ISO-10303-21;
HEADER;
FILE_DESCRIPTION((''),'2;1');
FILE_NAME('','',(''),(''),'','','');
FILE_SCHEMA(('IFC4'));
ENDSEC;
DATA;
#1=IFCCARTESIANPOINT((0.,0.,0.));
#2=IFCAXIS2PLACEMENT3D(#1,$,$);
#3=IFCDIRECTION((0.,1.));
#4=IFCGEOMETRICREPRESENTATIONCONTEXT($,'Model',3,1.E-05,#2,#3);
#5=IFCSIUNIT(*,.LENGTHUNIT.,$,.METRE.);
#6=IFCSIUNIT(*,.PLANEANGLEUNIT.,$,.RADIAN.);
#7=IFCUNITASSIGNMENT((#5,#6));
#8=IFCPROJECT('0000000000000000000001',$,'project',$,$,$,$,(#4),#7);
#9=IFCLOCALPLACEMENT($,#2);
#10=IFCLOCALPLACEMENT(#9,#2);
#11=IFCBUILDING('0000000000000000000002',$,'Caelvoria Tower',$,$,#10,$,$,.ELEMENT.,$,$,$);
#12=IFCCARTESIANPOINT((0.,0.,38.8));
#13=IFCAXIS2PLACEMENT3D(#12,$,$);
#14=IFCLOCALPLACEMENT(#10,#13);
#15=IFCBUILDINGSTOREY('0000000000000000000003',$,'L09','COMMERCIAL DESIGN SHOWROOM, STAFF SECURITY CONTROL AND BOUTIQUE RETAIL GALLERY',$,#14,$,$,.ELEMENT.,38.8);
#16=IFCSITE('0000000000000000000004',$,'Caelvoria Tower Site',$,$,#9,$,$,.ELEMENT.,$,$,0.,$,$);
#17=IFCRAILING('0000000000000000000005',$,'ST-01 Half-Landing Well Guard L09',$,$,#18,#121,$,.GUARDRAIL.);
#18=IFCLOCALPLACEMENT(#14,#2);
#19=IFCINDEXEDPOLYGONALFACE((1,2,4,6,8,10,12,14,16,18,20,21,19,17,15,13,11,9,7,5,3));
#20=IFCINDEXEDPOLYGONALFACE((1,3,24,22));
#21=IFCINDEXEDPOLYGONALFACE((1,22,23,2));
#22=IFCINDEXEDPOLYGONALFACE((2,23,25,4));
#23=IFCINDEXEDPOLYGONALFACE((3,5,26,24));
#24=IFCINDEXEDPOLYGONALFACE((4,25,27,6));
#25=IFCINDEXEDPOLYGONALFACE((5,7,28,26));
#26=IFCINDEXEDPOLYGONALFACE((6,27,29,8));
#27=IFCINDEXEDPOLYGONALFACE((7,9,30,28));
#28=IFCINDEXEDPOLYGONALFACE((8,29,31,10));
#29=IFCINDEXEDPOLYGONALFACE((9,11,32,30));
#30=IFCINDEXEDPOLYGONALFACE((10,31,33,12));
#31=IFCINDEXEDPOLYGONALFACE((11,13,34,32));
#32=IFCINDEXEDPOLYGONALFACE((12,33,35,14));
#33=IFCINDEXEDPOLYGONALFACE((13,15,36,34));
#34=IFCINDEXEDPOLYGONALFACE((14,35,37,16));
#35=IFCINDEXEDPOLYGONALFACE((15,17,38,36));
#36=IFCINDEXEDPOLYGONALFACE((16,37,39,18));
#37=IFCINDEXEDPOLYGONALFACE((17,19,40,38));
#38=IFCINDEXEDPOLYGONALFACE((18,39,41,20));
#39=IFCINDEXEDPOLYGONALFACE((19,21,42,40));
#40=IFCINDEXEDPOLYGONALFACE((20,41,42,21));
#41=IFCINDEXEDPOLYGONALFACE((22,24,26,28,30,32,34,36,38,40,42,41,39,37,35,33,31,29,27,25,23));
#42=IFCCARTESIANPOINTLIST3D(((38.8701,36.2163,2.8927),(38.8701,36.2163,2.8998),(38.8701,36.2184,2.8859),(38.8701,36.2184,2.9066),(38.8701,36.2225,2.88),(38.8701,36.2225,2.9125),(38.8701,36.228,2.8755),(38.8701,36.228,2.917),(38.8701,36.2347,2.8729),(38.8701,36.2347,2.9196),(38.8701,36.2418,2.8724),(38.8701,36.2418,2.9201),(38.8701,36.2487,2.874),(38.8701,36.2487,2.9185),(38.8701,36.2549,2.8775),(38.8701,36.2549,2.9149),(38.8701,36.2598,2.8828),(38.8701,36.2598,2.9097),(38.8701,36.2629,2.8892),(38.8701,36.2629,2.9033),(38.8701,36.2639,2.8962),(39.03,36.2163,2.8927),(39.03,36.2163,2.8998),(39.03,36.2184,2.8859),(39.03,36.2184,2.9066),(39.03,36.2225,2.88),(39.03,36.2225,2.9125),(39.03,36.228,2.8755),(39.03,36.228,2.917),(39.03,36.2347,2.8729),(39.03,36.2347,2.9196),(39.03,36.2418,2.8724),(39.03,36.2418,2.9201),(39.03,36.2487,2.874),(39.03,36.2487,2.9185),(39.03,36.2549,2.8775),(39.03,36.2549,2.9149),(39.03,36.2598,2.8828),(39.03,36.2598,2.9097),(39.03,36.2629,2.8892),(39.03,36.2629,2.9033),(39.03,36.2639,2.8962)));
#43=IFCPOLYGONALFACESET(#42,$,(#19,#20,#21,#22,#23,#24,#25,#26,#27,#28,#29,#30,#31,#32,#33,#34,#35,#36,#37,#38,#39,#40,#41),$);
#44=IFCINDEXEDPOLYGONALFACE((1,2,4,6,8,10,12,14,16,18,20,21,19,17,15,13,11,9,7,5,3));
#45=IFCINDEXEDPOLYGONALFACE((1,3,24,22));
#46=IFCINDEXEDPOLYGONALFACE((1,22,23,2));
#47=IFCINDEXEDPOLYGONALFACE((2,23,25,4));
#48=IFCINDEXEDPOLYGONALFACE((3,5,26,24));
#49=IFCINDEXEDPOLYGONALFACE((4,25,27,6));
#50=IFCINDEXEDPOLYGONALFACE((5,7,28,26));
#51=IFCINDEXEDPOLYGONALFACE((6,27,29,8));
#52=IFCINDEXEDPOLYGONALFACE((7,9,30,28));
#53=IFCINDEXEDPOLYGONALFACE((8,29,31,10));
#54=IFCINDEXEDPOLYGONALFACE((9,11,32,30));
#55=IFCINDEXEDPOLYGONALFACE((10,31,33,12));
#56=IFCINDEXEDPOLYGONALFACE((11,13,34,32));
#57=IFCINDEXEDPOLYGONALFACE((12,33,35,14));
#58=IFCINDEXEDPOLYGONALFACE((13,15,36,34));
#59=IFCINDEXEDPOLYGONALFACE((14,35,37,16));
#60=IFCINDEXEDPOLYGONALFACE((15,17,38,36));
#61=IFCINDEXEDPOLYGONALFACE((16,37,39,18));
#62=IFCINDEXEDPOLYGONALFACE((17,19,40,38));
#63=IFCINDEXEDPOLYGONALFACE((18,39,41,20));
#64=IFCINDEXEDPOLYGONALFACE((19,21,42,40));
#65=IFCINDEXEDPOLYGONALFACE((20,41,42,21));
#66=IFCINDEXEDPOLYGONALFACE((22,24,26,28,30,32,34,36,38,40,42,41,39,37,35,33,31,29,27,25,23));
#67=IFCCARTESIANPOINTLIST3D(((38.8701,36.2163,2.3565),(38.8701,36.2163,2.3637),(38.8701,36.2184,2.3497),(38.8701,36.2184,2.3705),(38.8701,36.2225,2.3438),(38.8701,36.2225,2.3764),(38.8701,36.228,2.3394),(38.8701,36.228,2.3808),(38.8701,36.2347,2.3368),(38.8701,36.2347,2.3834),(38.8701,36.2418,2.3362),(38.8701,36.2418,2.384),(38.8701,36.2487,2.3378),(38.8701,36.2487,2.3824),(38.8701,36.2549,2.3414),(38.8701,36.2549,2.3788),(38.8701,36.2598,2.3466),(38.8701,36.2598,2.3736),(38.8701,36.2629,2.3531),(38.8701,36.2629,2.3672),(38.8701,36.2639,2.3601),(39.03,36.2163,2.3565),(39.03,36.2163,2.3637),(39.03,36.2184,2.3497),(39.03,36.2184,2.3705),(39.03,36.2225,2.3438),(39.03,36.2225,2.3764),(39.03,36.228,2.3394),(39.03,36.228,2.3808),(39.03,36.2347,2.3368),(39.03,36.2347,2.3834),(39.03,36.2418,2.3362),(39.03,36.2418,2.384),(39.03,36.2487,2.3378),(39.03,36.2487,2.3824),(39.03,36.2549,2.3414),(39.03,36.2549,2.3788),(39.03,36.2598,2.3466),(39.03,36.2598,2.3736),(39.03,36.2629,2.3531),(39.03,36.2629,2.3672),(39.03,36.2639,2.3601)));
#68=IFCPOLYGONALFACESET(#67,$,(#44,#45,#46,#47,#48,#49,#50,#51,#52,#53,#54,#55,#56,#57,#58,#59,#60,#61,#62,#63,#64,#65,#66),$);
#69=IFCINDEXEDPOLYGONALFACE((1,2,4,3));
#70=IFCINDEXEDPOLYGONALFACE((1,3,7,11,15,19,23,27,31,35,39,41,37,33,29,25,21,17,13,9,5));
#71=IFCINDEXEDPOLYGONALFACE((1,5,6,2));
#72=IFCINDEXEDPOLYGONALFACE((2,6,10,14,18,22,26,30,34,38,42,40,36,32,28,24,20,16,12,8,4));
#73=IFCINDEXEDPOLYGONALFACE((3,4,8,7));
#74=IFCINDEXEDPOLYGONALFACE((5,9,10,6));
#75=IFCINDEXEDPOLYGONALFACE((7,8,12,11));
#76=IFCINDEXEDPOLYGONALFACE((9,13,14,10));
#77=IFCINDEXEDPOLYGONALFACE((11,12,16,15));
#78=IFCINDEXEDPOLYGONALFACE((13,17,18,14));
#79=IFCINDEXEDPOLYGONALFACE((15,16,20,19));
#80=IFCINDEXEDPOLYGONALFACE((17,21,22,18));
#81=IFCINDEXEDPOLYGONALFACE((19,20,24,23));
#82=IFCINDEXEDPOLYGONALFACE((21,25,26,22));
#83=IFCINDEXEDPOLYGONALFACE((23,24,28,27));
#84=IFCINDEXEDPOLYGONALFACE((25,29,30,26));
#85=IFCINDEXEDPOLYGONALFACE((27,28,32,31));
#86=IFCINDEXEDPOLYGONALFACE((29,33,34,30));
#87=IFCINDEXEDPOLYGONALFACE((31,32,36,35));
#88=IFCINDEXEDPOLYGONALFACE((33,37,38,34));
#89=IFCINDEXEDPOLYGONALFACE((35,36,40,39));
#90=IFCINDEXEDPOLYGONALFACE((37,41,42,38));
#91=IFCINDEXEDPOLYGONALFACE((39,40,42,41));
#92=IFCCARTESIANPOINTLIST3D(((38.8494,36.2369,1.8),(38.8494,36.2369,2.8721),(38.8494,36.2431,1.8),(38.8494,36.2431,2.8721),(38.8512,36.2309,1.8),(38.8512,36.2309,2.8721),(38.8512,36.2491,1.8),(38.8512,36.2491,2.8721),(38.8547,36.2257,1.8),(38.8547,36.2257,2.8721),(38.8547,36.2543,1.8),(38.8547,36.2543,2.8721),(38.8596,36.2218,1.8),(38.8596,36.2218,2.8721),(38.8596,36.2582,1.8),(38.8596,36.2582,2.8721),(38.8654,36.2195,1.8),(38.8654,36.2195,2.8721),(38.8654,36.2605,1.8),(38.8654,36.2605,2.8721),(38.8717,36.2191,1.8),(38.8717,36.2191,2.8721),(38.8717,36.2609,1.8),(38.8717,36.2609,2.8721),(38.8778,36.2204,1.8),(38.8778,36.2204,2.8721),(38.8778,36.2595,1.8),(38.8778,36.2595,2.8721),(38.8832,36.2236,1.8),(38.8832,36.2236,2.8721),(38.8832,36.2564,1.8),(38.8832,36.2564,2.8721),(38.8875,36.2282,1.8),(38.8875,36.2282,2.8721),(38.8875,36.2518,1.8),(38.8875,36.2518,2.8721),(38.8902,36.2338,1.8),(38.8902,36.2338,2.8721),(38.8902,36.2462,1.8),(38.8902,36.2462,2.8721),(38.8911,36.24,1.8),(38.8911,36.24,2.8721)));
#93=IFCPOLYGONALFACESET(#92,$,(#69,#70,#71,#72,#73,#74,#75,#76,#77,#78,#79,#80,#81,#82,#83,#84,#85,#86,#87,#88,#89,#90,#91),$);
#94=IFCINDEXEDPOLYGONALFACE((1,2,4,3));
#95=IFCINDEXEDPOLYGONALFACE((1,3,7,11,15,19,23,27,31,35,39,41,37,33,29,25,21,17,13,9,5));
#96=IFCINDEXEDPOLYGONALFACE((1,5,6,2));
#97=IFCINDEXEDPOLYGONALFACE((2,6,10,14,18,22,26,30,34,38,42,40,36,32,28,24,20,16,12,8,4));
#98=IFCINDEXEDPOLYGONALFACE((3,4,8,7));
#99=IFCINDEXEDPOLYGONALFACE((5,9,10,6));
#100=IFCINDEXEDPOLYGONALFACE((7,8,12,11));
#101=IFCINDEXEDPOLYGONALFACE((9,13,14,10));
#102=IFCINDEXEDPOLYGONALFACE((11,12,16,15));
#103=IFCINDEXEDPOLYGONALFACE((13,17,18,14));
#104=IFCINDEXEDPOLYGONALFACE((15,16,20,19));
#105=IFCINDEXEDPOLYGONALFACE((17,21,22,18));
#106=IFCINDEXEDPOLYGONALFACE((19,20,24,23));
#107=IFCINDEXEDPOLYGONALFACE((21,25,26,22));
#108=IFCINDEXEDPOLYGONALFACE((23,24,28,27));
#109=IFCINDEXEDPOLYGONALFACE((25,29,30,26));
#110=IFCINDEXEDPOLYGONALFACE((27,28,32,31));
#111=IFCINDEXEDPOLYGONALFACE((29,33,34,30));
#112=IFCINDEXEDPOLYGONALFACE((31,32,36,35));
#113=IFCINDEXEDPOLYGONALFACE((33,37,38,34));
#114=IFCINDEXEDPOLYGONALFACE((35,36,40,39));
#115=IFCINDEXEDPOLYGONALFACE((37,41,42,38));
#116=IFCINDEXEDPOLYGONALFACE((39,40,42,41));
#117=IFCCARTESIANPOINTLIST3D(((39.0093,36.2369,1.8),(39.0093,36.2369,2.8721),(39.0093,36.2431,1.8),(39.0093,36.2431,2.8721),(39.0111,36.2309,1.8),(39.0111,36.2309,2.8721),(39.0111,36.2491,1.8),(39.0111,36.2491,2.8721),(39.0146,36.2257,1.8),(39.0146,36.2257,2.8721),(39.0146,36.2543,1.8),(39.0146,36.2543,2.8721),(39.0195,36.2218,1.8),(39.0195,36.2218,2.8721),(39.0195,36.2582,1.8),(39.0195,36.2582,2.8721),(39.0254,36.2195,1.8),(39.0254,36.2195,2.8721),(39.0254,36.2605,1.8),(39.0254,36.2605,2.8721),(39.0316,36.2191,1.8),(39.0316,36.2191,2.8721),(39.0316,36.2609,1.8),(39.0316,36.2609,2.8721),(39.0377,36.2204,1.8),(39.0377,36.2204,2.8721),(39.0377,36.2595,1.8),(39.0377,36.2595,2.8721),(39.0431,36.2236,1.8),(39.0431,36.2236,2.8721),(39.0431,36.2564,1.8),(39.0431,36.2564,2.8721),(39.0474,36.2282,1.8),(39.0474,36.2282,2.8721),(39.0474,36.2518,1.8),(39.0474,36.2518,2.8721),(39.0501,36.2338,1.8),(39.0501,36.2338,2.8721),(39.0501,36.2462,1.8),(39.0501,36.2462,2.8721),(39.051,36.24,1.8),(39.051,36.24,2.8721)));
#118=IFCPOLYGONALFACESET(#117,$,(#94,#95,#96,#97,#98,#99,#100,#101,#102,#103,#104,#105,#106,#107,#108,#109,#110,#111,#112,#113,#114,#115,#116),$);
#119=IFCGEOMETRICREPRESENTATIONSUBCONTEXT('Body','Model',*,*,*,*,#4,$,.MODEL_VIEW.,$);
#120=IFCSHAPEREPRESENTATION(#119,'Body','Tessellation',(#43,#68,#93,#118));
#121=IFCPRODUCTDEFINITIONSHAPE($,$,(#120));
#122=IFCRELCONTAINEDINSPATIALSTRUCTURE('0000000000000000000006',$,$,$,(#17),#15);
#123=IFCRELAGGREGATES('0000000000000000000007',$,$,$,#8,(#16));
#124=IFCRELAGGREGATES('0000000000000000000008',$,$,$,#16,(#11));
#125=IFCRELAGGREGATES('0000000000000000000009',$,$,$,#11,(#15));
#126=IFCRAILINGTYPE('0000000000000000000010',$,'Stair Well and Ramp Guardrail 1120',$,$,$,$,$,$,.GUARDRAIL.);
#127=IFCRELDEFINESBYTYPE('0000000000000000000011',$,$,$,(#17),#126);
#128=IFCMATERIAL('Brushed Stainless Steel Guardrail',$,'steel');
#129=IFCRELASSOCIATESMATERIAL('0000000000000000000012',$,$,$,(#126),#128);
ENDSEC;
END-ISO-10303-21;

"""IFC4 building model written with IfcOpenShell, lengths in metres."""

from ifc_helpers import new_model, si_unit, direction, frame, origin, origin_2d, place, context, subcontext, project, spatial, circle, extrude, material, type_object, element, save


model = new_model("IFC4")

# Units and contexts
model_context = context("Model", 3, precision=1e-05, world=origin(), true_north=direction((0.0, 1.0)))
body_context = subcontext(model_context, "Body", "Model", "MODEL_VIEW")
ifc_project = project(units=[si_unit("LENGTHUNIT", "METRE"), si_unit("PLANEANGLEUNIT", "RADIAN")], contexts=[model_context])

# Site, building, storey
site_placement = place(None, origin())
site = spatial("IfcSite", under=ifc_project, at=site_placement, Name="Caelvoria Tower Site", CompositionType="ELEMENT", RefElevation=0.0)
building_placement = place(site_placement, origin())
building = spatial("IfcBuilding", under=site, at=building_placement, Name="Caelvoria Tower", CompositionType="ELEMENT")
storey_placement = place(building_placement, frame((0.0, 0.0, 38.8)))
storey = spatial("IfcBuildingStorey", under=building, at=storey_placement, Name="L09", Description="COMMERCIAL DESIGN SHOWROOM, STAFF SECURITY CONTROL AND BOUTIQUE RETAIL GALLERY", CompositionType="ELEMENT", Elevation=38.8)

# Railing
ifc_material_1 = material(Name="Brushed Stainless Steel Guardrail", Category="steel")
railing_type_1 = type_object("IfcRailingType", Name="Stair Well and Ramp Guardrail 1120", PredefinedType="GUARDRAIL", material=ifc_material_1)
railing_1_placement = place(storey_placement, frame((38.8701, 36.24, 1.8)))
element("IfcRailing", 1, at=railing_1_placement, inside=storey, type_object=railing_type_1, Name="ST-01 Half-Landing Well Guard L09", PredefinedType="GUARDRAIL", context=body_context, shape_type="SweptSolid", body=[
    extrude(circle(Radius=0.0239, at=origin_2d()), frame((0.0, 0.0, 1.0962), z_axis=(1.0, 0.0, 0.0), x_axis=(0.0, 1.0, 0.0)), (0.0, 0.0, 1.0), 0.1599),
    extrude(circle(Radius=0.0239, at=origin_2d()), frame((0.0, 0.0, 0.5601), z_axis=(1.0, 0.0, 0.0), x_axis=(0.0, 1.0, 0.0)), (0.0, 0.0, 1.0), 0.1599),
    extrude(circle(Radius=0.021, at=origin_2d()), origin(), (0.0, 0.0, 1.0), 1.072),
    extrude(circle(Radius=0.021, at=origin_2d()), frame((0.1599, 0.0, 0.0)), (0.0, 0.0, 1.0), 1.072),
])

save(model, "model.ifc")
